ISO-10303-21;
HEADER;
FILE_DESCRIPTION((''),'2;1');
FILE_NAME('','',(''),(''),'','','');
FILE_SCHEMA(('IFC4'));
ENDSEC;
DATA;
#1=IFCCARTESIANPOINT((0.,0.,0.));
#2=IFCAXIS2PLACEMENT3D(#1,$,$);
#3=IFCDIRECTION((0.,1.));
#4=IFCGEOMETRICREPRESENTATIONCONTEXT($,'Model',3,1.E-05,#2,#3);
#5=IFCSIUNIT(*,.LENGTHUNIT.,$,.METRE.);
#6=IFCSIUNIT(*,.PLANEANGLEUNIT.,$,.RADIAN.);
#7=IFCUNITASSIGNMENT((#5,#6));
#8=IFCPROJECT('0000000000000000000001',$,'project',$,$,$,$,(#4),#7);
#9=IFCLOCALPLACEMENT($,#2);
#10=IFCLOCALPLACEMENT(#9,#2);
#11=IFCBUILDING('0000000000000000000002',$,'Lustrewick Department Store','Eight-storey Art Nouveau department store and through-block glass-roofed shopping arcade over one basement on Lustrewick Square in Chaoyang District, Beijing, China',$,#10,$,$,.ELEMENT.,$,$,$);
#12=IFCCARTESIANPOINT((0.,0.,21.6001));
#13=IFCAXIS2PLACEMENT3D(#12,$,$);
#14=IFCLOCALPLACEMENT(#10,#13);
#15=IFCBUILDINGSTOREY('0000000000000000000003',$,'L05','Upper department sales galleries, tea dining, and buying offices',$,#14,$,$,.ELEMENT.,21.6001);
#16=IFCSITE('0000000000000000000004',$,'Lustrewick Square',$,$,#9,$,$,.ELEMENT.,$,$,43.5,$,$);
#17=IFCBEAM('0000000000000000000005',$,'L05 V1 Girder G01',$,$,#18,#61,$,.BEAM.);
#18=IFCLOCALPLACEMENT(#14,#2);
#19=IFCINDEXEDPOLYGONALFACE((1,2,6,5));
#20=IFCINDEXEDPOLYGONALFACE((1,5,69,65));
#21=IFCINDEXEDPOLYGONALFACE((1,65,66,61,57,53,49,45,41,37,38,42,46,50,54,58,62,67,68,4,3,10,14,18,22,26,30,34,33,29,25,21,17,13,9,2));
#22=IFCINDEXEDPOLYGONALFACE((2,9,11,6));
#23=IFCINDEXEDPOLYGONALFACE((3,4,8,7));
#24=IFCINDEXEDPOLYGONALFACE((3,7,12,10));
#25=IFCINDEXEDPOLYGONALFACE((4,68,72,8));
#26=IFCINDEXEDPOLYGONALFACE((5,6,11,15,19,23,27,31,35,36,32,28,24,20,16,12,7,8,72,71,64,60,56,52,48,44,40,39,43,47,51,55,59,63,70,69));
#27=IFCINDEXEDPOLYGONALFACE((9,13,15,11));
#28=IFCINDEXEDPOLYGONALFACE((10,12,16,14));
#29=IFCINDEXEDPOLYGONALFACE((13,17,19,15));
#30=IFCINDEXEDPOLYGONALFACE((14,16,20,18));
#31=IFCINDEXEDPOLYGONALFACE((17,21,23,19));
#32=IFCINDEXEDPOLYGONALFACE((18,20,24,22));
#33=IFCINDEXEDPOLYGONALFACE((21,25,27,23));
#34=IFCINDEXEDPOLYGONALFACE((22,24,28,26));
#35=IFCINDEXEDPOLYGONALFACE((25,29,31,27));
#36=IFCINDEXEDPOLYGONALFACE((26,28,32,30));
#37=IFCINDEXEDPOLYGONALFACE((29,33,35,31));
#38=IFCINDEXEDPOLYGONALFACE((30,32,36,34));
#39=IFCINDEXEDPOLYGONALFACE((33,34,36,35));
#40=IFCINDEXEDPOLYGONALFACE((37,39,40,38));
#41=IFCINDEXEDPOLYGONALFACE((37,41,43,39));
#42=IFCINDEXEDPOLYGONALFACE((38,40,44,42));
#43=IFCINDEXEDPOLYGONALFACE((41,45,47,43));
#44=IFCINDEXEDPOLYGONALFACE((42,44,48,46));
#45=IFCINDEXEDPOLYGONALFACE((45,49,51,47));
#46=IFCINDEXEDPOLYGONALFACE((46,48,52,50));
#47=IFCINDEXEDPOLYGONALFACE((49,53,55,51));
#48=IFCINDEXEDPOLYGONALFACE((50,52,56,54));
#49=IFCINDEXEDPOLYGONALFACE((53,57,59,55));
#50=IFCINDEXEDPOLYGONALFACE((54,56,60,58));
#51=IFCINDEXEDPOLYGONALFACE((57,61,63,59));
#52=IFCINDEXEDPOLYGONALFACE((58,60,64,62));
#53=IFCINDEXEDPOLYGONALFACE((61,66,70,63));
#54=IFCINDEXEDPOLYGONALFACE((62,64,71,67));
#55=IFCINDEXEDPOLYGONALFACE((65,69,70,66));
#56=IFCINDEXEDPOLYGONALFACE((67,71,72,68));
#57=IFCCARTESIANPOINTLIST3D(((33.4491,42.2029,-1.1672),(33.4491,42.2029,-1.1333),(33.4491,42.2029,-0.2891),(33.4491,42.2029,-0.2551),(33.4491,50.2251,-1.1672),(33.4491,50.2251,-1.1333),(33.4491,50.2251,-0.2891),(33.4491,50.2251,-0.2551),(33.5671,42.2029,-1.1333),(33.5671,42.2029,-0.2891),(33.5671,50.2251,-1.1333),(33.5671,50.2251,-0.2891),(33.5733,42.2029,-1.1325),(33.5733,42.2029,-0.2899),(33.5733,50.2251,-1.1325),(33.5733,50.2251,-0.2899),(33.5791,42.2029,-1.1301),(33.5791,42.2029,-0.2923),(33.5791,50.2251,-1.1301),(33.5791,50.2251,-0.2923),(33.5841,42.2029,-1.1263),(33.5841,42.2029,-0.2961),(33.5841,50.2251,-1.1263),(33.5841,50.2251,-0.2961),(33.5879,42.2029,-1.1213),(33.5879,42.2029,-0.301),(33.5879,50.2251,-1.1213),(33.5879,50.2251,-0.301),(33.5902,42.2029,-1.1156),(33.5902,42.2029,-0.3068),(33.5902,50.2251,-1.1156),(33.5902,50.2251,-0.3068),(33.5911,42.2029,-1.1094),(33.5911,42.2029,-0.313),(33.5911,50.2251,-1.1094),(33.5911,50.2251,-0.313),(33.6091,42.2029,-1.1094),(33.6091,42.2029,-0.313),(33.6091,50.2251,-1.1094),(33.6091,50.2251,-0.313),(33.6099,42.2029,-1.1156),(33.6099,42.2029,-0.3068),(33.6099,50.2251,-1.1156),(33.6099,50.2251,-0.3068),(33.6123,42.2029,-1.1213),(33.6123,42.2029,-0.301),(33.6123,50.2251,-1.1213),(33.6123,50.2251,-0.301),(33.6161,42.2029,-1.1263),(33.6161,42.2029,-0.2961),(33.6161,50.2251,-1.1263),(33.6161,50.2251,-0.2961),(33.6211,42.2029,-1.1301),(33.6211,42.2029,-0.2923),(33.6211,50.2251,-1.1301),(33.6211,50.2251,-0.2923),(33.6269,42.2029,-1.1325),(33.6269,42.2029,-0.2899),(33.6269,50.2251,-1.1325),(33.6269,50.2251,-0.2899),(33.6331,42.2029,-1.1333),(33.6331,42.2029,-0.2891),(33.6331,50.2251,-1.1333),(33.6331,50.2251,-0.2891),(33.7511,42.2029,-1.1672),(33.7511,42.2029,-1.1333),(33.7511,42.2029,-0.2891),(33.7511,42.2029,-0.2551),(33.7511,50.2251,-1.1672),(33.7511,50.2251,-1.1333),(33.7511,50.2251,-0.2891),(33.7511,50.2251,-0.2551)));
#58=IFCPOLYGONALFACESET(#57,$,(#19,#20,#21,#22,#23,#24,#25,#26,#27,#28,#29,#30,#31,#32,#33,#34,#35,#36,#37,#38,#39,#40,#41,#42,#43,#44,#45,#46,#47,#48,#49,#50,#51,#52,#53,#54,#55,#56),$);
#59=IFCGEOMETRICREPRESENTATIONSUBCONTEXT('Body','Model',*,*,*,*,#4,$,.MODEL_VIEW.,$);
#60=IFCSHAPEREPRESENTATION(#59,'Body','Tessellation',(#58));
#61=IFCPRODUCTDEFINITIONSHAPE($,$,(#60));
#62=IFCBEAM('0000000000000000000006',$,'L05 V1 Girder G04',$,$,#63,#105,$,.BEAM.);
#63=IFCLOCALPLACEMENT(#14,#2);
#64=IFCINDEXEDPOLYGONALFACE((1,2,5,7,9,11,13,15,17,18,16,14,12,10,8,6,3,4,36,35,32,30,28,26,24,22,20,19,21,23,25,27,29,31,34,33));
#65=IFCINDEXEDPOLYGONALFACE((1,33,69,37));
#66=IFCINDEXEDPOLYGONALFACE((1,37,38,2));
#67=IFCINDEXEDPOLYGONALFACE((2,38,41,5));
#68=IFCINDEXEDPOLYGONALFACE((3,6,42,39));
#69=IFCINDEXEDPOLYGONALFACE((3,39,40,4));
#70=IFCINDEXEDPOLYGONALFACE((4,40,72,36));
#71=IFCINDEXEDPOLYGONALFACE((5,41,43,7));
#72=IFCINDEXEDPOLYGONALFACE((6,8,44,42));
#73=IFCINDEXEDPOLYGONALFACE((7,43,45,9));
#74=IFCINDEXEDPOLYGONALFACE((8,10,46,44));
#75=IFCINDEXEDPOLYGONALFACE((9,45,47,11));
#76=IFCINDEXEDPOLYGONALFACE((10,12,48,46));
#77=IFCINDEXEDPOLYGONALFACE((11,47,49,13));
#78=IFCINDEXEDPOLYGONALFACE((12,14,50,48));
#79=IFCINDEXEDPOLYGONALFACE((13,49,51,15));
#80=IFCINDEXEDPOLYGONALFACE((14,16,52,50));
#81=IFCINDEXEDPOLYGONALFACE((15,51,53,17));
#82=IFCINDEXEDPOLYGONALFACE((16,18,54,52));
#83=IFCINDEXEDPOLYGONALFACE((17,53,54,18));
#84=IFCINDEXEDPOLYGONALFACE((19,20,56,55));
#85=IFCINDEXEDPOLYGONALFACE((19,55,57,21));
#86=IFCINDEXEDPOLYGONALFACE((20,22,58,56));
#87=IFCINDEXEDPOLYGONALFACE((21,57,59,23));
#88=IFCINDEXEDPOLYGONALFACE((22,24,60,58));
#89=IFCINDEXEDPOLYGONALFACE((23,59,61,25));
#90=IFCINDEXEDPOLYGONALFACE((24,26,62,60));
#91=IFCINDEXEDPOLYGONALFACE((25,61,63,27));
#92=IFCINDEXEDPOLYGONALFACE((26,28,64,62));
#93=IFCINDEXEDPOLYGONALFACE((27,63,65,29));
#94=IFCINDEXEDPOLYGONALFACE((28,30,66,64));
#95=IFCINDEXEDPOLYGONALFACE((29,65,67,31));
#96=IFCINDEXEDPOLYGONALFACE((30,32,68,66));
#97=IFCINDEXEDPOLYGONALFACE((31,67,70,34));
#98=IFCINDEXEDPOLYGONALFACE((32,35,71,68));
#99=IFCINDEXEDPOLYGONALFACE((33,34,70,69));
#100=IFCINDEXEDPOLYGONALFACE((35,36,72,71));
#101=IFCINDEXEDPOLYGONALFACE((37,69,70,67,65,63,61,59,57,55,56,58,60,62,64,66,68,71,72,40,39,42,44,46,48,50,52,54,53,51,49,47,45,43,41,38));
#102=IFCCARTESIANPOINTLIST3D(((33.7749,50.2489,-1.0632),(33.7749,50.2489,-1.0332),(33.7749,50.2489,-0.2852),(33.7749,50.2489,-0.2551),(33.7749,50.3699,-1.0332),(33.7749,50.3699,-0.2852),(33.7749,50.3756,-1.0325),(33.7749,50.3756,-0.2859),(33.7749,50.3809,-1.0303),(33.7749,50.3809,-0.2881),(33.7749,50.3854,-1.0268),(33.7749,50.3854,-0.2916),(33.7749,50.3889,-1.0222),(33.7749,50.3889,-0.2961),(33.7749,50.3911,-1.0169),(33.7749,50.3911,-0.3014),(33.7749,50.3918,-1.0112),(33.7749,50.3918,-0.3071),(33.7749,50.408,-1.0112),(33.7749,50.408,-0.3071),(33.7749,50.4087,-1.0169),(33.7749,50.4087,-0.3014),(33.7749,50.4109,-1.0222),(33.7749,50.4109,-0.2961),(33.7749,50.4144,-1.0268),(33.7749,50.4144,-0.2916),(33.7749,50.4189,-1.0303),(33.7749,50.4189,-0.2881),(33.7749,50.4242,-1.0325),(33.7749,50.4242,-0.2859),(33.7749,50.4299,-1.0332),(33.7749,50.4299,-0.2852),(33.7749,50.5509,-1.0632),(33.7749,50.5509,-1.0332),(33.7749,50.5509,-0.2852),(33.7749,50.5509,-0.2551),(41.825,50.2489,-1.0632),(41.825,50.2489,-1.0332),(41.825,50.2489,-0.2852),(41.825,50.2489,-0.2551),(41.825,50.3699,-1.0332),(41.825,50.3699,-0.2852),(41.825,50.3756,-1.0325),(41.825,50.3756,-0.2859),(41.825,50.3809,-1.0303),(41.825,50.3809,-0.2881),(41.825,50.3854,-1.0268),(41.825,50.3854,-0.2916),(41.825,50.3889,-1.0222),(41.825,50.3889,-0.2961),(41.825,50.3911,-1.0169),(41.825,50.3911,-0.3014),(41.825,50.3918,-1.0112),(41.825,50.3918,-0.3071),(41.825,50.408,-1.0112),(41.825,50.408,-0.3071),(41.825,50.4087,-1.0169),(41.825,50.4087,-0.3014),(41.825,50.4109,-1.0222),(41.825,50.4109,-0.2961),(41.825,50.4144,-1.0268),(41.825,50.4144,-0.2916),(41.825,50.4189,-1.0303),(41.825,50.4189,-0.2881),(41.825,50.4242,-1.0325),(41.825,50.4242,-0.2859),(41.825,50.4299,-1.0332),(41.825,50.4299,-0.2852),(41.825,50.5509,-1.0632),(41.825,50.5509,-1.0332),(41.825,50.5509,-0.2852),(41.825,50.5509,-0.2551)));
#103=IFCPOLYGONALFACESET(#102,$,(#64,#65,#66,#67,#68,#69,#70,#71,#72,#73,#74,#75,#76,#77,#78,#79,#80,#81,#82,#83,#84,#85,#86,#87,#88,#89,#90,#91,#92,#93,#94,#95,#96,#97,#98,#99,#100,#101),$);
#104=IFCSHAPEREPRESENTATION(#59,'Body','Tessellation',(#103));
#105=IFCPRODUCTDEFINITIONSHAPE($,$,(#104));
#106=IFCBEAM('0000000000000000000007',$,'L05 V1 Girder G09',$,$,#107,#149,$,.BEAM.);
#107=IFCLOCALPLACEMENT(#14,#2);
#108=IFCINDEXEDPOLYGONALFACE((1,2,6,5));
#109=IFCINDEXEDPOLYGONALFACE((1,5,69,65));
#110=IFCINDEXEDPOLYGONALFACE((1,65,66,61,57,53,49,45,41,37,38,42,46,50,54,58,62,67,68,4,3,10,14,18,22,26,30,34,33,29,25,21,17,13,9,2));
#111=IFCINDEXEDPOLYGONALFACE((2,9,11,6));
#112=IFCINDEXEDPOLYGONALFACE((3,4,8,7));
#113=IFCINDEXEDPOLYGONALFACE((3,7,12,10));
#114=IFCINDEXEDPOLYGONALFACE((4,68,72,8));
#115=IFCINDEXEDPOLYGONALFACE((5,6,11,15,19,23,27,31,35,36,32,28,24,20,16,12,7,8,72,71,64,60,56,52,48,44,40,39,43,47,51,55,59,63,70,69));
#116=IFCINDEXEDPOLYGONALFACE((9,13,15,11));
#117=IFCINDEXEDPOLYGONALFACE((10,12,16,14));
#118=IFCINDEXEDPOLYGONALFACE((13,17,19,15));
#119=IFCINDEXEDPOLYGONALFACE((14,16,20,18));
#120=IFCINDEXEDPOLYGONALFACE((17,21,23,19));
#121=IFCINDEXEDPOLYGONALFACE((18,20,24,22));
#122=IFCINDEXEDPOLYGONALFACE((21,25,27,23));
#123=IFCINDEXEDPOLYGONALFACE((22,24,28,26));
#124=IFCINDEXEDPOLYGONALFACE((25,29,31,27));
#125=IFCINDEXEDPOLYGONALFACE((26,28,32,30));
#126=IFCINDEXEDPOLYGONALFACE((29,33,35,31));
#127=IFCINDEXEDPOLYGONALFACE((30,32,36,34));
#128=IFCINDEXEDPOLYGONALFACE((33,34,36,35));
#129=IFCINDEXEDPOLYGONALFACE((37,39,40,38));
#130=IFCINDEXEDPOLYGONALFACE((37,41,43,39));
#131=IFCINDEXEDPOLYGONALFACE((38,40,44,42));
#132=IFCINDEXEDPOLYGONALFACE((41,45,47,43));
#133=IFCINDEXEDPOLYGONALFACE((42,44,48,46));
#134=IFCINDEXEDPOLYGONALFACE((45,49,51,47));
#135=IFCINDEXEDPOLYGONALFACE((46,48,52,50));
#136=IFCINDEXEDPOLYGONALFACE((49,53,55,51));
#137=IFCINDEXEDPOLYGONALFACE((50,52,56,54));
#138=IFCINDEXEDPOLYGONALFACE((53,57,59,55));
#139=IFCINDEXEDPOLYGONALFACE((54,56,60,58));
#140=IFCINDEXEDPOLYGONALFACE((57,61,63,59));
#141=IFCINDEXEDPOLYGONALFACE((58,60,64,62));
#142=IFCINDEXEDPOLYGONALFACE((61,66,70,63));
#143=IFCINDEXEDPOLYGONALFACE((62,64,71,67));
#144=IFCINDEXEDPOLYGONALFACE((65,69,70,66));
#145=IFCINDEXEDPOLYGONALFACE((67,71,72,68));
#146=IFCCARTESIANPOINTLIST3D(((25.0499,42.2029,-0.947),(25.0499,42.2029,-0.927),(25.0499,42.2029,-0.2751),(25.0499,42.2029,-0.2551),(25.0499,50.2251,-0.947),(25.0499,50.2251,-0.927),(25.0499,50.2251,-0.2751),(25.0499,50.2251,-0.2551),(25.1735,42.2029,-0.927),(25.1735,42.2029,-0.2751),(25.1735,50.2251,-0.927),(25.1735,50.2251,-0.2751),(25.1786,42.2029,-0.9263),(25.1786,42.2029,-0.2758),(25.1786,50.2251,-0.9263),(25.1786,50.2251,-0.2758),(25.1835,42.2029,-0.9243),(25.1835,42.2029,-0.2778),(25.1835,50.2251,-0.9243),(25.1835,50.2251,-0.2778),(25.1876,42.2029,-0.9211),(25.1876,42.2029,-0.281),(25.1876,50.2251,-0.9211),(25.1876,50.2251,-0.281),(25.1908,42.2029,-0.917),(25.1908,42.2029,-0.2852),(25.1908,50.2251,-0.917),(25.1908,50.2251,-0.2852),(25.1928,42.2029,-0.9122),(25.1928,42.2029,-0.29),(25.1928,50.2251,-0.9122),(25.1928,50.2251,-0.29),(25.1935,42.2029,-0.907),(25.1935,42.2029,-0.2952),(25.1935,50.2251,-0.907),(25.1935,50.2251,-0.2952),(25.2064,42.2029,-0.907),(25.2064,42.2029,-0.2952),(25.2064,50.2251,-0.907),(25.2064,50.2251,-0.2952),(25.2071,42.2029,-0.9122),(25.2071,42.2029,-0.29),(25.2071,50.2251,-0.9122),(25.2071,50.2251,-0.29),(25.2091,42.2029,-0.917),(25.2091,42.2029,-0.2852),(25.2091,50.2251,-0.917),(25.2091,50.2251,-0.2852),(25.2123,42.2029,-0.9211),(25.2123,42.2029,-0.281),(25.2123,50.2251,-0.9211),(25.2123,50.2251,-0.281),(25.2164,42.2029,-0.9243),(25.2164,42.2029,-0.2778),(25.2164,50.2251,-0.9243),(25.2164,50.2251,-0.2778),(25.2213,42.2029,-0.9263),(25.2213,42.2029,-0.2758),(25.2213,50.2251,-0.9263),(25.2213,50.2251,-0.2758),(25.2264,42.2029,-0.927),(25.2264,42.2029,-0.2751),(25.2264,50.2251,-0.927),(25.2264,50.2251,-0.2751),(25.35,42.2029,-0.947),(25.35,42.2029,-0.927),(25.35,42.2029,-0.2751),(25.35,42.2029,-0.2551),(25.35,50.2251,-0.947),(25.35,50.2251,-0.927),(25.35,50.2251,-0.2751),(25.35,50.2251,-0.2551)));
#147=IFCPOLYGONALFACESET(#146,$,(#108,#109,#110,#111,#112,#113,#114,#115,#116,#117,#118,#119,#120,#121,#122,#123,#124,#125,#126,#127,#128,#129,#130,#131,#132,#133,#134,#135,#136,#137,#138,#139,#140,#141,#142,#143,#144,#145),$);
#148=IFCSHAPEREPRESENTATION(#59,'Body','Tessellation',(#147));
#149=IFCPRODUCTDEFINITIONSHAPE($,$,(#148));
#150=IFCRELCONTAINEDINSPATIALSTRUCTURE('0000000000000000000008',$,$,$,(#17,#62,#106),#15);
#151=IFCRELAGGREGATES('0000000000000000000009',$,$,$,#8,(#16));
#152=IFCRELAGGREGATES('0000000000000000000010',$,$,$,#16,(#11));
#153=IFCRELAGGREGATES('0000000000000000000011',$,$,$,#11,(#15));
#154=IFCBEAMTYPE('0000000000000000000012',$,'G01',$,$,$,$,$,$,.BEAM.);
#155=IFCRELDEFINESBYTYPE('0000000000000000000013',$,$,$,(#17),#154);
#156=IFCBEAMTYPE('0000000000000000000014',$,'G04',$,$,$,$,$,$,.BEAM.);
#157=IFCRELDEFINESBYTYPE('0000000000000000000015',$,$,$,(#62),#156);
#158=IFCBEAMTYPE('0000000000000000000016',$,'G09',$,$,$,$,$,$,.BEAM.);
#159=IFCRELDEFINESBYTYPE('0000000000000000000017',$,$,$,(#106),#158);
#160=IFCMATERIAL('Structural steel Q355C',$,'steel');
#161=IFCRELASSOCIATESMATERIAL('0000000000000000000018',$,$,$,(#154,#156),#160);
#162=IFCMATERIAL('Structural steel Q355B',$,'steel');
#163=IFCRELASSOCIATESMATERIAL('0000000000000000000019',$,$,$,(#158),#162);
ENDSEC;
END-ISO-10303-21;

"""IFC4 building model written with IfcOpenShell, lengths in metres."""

from ifc_helpers import new_model, si_unit, direction, frame, origin, origin_2d, place, context, subcontext, project, spatial, i_section, extrude, material, material_profile, profile_set, type_object, element, save


model = new_model("IFC4")

# Units and contexts
model_context = context("Model", 3, precision=1e-05, world=origin(), true_north=direction((0.0, 1.0)))
body_context = subcontext(model_context, "Body", "Model", "MODEL_VIEW")
ifc_project = project(units=[si_unit("LENGTHUNIT", "METRE"), si_unit("PLANEANGLEUNIT", "RADIAN")], contexts=[model_context])

# Site, building, storey
site_placement = place(None, origin())
site = spatial("IfcSite", under=ifc_project, at=site_placement, Name="Lustrewick Square", CompositionType="ELEMENT", RefElevation=43.5)
building_placement = place(site_placement, origin())
building = spatial("IfcBuilding", under=site, at=building_placement, Name="Lustrewick Department Store", Description="Eight-storey Art Nouveau department store and through-block glass-roofed shopping arcade over one basement on Lustrewick Square in Chaoyang District, Beijing, China", CompositionType="ELEMENT")
storey_placement = place(building_placement, frame((0.0, 0.0, 21.6001)))
storey = spatial("IfcBuildingStorey", under=building, at=storey_placement, Name="L05", Description="Upper department sales galleries, tea dining, and buying offices", CompositionType="ELEMENT", Elevation=21.6001)

# Shared definitions
ifc_material_1 = material(Name="Structural steel Q355B", Category="steel")

# Shared definitions
ifc_material_2 = material(Name="Structural steel Q355C", Category="steel")

# Beams
ifc_material_profile_1 = material_profile(ifc_material_2, i_section(OverallWidth=0.302, OverallDepth=0.9121, WebThickness=0.0181, FlangeThickness=0.0339, FilletRadius=0.0239, at=origin_2d()), Name="HN 912x302x18x34")
ifc_profile_set_1 = profile_set([ifc_material_profile_1], Name="Structural steel Q355C")
beam_type_1 = type_object("IfcBeamType", Name="G01", PredefinedType="BEAM", material=ifc_profile_set_1)
beam_1_placement = place(storey_placement, frame((33.6001, 42.2029, -0.7112), z_axis=(0.0, 1.0, 0.0), x_axis=(-1.0, 0.0, 0.0)))
element("IfcBeam", 1, at=beam_1_placement, inside=storey, type_object=beam_type_1, Name="L05 V1 Girder G01", PredefinedType="BEAM", context=body_context, shape_type="SweptSolid", body=[
    extrude(i_section(OverallWidth=0.302, OverallDepth=0.9121, WebThickness=0.0181, FlangeThickness=0.0339, FilletRadius=0.0239, at=origin_2d()), origin(), (0.0, 0.0, 1.0), 8.0222),
])
ifc_material_profile_2 = material_profile(ifc_material_2, i_section(OverallWidth=0.302, OverallDepth=0.8081, WebThickness=0.0161, FlangeThickness=0.03, FilletRadius=0.022, at=origin_2d()), Name="HN 808x302x16x30")
ifc_profile_set_2 = profile_set([ifc_material_profile_2], Name="Structural steel Q355C")
beam_type_2 = type_object("IfcBeamType", Name="G04", PredefinedType="BEAM", material=ifc_profile_set_2)
beam_2_placement = place(storey_placement, frame((33.7749, 50.3999, -0.6592), z_axis=(1.0, 0.0, 0.0), x_axis=(0.0, 1.0, 0.0)))
element("IfcBeam", 2, at=beam_2_placement, inside=storey, type_object=beam_type_2, Name="L05 V1 Girder G04", PredefinedType="BEAM", context=body_context, shape_type="SweptSolid", body=[
    extrude(i_section(OverallWidth=0.302, OverallDepth=0.8081, WebThickness=0.0161, FlangeThickness=0.03, FilletRadius=0.022, at=origin_2d()), origin(), (0.0, 0.0, 1.0), 8.05),
])
ifc_material_profile_3 = material_profile(ifc_material_1, i_section(OverallWidth=0.3, OverallDepth=0.6919, WebThickness=0.0129, FlangeThickness=0.02, FilletRadius=0.02, at=origin_2d()), Name="HN 692x300x13x20")
ifc_profile_set_3 = profile_set([ifc_material_profile_3], Name="Structural steel Q355B")
beam_type_3 = type_object("IfcBeamType", Name="G09", PredefinedType="BEAM", material=ifc_profile_set_3)
beam_3_placement = place(storey_placement, frame((25.2, 42.2029, -0.6011), z_axis=(0.0, 1.0, 0.0), x_axis=(-1.0, 0.0, 0.0)))
element("IfcBeam", 3, at=beam_3_placement, inside=storey, type_object=beam_type_3, Name="L05 V1 Girder G09", PredefinedType="BEAM", context=body_context, shape_type="SweptSolid", body=[
    extrude(i_section(OverallWidth=0.3, OverallDepth=0.6919, WebThickness=0.0129, FlangeThickness=0.02, FilletRadius=0.02, at=origin_2d()), origin(), (0.0, 0.0, 1.0), 8.0222),
])

save(model, "model.ifc")
